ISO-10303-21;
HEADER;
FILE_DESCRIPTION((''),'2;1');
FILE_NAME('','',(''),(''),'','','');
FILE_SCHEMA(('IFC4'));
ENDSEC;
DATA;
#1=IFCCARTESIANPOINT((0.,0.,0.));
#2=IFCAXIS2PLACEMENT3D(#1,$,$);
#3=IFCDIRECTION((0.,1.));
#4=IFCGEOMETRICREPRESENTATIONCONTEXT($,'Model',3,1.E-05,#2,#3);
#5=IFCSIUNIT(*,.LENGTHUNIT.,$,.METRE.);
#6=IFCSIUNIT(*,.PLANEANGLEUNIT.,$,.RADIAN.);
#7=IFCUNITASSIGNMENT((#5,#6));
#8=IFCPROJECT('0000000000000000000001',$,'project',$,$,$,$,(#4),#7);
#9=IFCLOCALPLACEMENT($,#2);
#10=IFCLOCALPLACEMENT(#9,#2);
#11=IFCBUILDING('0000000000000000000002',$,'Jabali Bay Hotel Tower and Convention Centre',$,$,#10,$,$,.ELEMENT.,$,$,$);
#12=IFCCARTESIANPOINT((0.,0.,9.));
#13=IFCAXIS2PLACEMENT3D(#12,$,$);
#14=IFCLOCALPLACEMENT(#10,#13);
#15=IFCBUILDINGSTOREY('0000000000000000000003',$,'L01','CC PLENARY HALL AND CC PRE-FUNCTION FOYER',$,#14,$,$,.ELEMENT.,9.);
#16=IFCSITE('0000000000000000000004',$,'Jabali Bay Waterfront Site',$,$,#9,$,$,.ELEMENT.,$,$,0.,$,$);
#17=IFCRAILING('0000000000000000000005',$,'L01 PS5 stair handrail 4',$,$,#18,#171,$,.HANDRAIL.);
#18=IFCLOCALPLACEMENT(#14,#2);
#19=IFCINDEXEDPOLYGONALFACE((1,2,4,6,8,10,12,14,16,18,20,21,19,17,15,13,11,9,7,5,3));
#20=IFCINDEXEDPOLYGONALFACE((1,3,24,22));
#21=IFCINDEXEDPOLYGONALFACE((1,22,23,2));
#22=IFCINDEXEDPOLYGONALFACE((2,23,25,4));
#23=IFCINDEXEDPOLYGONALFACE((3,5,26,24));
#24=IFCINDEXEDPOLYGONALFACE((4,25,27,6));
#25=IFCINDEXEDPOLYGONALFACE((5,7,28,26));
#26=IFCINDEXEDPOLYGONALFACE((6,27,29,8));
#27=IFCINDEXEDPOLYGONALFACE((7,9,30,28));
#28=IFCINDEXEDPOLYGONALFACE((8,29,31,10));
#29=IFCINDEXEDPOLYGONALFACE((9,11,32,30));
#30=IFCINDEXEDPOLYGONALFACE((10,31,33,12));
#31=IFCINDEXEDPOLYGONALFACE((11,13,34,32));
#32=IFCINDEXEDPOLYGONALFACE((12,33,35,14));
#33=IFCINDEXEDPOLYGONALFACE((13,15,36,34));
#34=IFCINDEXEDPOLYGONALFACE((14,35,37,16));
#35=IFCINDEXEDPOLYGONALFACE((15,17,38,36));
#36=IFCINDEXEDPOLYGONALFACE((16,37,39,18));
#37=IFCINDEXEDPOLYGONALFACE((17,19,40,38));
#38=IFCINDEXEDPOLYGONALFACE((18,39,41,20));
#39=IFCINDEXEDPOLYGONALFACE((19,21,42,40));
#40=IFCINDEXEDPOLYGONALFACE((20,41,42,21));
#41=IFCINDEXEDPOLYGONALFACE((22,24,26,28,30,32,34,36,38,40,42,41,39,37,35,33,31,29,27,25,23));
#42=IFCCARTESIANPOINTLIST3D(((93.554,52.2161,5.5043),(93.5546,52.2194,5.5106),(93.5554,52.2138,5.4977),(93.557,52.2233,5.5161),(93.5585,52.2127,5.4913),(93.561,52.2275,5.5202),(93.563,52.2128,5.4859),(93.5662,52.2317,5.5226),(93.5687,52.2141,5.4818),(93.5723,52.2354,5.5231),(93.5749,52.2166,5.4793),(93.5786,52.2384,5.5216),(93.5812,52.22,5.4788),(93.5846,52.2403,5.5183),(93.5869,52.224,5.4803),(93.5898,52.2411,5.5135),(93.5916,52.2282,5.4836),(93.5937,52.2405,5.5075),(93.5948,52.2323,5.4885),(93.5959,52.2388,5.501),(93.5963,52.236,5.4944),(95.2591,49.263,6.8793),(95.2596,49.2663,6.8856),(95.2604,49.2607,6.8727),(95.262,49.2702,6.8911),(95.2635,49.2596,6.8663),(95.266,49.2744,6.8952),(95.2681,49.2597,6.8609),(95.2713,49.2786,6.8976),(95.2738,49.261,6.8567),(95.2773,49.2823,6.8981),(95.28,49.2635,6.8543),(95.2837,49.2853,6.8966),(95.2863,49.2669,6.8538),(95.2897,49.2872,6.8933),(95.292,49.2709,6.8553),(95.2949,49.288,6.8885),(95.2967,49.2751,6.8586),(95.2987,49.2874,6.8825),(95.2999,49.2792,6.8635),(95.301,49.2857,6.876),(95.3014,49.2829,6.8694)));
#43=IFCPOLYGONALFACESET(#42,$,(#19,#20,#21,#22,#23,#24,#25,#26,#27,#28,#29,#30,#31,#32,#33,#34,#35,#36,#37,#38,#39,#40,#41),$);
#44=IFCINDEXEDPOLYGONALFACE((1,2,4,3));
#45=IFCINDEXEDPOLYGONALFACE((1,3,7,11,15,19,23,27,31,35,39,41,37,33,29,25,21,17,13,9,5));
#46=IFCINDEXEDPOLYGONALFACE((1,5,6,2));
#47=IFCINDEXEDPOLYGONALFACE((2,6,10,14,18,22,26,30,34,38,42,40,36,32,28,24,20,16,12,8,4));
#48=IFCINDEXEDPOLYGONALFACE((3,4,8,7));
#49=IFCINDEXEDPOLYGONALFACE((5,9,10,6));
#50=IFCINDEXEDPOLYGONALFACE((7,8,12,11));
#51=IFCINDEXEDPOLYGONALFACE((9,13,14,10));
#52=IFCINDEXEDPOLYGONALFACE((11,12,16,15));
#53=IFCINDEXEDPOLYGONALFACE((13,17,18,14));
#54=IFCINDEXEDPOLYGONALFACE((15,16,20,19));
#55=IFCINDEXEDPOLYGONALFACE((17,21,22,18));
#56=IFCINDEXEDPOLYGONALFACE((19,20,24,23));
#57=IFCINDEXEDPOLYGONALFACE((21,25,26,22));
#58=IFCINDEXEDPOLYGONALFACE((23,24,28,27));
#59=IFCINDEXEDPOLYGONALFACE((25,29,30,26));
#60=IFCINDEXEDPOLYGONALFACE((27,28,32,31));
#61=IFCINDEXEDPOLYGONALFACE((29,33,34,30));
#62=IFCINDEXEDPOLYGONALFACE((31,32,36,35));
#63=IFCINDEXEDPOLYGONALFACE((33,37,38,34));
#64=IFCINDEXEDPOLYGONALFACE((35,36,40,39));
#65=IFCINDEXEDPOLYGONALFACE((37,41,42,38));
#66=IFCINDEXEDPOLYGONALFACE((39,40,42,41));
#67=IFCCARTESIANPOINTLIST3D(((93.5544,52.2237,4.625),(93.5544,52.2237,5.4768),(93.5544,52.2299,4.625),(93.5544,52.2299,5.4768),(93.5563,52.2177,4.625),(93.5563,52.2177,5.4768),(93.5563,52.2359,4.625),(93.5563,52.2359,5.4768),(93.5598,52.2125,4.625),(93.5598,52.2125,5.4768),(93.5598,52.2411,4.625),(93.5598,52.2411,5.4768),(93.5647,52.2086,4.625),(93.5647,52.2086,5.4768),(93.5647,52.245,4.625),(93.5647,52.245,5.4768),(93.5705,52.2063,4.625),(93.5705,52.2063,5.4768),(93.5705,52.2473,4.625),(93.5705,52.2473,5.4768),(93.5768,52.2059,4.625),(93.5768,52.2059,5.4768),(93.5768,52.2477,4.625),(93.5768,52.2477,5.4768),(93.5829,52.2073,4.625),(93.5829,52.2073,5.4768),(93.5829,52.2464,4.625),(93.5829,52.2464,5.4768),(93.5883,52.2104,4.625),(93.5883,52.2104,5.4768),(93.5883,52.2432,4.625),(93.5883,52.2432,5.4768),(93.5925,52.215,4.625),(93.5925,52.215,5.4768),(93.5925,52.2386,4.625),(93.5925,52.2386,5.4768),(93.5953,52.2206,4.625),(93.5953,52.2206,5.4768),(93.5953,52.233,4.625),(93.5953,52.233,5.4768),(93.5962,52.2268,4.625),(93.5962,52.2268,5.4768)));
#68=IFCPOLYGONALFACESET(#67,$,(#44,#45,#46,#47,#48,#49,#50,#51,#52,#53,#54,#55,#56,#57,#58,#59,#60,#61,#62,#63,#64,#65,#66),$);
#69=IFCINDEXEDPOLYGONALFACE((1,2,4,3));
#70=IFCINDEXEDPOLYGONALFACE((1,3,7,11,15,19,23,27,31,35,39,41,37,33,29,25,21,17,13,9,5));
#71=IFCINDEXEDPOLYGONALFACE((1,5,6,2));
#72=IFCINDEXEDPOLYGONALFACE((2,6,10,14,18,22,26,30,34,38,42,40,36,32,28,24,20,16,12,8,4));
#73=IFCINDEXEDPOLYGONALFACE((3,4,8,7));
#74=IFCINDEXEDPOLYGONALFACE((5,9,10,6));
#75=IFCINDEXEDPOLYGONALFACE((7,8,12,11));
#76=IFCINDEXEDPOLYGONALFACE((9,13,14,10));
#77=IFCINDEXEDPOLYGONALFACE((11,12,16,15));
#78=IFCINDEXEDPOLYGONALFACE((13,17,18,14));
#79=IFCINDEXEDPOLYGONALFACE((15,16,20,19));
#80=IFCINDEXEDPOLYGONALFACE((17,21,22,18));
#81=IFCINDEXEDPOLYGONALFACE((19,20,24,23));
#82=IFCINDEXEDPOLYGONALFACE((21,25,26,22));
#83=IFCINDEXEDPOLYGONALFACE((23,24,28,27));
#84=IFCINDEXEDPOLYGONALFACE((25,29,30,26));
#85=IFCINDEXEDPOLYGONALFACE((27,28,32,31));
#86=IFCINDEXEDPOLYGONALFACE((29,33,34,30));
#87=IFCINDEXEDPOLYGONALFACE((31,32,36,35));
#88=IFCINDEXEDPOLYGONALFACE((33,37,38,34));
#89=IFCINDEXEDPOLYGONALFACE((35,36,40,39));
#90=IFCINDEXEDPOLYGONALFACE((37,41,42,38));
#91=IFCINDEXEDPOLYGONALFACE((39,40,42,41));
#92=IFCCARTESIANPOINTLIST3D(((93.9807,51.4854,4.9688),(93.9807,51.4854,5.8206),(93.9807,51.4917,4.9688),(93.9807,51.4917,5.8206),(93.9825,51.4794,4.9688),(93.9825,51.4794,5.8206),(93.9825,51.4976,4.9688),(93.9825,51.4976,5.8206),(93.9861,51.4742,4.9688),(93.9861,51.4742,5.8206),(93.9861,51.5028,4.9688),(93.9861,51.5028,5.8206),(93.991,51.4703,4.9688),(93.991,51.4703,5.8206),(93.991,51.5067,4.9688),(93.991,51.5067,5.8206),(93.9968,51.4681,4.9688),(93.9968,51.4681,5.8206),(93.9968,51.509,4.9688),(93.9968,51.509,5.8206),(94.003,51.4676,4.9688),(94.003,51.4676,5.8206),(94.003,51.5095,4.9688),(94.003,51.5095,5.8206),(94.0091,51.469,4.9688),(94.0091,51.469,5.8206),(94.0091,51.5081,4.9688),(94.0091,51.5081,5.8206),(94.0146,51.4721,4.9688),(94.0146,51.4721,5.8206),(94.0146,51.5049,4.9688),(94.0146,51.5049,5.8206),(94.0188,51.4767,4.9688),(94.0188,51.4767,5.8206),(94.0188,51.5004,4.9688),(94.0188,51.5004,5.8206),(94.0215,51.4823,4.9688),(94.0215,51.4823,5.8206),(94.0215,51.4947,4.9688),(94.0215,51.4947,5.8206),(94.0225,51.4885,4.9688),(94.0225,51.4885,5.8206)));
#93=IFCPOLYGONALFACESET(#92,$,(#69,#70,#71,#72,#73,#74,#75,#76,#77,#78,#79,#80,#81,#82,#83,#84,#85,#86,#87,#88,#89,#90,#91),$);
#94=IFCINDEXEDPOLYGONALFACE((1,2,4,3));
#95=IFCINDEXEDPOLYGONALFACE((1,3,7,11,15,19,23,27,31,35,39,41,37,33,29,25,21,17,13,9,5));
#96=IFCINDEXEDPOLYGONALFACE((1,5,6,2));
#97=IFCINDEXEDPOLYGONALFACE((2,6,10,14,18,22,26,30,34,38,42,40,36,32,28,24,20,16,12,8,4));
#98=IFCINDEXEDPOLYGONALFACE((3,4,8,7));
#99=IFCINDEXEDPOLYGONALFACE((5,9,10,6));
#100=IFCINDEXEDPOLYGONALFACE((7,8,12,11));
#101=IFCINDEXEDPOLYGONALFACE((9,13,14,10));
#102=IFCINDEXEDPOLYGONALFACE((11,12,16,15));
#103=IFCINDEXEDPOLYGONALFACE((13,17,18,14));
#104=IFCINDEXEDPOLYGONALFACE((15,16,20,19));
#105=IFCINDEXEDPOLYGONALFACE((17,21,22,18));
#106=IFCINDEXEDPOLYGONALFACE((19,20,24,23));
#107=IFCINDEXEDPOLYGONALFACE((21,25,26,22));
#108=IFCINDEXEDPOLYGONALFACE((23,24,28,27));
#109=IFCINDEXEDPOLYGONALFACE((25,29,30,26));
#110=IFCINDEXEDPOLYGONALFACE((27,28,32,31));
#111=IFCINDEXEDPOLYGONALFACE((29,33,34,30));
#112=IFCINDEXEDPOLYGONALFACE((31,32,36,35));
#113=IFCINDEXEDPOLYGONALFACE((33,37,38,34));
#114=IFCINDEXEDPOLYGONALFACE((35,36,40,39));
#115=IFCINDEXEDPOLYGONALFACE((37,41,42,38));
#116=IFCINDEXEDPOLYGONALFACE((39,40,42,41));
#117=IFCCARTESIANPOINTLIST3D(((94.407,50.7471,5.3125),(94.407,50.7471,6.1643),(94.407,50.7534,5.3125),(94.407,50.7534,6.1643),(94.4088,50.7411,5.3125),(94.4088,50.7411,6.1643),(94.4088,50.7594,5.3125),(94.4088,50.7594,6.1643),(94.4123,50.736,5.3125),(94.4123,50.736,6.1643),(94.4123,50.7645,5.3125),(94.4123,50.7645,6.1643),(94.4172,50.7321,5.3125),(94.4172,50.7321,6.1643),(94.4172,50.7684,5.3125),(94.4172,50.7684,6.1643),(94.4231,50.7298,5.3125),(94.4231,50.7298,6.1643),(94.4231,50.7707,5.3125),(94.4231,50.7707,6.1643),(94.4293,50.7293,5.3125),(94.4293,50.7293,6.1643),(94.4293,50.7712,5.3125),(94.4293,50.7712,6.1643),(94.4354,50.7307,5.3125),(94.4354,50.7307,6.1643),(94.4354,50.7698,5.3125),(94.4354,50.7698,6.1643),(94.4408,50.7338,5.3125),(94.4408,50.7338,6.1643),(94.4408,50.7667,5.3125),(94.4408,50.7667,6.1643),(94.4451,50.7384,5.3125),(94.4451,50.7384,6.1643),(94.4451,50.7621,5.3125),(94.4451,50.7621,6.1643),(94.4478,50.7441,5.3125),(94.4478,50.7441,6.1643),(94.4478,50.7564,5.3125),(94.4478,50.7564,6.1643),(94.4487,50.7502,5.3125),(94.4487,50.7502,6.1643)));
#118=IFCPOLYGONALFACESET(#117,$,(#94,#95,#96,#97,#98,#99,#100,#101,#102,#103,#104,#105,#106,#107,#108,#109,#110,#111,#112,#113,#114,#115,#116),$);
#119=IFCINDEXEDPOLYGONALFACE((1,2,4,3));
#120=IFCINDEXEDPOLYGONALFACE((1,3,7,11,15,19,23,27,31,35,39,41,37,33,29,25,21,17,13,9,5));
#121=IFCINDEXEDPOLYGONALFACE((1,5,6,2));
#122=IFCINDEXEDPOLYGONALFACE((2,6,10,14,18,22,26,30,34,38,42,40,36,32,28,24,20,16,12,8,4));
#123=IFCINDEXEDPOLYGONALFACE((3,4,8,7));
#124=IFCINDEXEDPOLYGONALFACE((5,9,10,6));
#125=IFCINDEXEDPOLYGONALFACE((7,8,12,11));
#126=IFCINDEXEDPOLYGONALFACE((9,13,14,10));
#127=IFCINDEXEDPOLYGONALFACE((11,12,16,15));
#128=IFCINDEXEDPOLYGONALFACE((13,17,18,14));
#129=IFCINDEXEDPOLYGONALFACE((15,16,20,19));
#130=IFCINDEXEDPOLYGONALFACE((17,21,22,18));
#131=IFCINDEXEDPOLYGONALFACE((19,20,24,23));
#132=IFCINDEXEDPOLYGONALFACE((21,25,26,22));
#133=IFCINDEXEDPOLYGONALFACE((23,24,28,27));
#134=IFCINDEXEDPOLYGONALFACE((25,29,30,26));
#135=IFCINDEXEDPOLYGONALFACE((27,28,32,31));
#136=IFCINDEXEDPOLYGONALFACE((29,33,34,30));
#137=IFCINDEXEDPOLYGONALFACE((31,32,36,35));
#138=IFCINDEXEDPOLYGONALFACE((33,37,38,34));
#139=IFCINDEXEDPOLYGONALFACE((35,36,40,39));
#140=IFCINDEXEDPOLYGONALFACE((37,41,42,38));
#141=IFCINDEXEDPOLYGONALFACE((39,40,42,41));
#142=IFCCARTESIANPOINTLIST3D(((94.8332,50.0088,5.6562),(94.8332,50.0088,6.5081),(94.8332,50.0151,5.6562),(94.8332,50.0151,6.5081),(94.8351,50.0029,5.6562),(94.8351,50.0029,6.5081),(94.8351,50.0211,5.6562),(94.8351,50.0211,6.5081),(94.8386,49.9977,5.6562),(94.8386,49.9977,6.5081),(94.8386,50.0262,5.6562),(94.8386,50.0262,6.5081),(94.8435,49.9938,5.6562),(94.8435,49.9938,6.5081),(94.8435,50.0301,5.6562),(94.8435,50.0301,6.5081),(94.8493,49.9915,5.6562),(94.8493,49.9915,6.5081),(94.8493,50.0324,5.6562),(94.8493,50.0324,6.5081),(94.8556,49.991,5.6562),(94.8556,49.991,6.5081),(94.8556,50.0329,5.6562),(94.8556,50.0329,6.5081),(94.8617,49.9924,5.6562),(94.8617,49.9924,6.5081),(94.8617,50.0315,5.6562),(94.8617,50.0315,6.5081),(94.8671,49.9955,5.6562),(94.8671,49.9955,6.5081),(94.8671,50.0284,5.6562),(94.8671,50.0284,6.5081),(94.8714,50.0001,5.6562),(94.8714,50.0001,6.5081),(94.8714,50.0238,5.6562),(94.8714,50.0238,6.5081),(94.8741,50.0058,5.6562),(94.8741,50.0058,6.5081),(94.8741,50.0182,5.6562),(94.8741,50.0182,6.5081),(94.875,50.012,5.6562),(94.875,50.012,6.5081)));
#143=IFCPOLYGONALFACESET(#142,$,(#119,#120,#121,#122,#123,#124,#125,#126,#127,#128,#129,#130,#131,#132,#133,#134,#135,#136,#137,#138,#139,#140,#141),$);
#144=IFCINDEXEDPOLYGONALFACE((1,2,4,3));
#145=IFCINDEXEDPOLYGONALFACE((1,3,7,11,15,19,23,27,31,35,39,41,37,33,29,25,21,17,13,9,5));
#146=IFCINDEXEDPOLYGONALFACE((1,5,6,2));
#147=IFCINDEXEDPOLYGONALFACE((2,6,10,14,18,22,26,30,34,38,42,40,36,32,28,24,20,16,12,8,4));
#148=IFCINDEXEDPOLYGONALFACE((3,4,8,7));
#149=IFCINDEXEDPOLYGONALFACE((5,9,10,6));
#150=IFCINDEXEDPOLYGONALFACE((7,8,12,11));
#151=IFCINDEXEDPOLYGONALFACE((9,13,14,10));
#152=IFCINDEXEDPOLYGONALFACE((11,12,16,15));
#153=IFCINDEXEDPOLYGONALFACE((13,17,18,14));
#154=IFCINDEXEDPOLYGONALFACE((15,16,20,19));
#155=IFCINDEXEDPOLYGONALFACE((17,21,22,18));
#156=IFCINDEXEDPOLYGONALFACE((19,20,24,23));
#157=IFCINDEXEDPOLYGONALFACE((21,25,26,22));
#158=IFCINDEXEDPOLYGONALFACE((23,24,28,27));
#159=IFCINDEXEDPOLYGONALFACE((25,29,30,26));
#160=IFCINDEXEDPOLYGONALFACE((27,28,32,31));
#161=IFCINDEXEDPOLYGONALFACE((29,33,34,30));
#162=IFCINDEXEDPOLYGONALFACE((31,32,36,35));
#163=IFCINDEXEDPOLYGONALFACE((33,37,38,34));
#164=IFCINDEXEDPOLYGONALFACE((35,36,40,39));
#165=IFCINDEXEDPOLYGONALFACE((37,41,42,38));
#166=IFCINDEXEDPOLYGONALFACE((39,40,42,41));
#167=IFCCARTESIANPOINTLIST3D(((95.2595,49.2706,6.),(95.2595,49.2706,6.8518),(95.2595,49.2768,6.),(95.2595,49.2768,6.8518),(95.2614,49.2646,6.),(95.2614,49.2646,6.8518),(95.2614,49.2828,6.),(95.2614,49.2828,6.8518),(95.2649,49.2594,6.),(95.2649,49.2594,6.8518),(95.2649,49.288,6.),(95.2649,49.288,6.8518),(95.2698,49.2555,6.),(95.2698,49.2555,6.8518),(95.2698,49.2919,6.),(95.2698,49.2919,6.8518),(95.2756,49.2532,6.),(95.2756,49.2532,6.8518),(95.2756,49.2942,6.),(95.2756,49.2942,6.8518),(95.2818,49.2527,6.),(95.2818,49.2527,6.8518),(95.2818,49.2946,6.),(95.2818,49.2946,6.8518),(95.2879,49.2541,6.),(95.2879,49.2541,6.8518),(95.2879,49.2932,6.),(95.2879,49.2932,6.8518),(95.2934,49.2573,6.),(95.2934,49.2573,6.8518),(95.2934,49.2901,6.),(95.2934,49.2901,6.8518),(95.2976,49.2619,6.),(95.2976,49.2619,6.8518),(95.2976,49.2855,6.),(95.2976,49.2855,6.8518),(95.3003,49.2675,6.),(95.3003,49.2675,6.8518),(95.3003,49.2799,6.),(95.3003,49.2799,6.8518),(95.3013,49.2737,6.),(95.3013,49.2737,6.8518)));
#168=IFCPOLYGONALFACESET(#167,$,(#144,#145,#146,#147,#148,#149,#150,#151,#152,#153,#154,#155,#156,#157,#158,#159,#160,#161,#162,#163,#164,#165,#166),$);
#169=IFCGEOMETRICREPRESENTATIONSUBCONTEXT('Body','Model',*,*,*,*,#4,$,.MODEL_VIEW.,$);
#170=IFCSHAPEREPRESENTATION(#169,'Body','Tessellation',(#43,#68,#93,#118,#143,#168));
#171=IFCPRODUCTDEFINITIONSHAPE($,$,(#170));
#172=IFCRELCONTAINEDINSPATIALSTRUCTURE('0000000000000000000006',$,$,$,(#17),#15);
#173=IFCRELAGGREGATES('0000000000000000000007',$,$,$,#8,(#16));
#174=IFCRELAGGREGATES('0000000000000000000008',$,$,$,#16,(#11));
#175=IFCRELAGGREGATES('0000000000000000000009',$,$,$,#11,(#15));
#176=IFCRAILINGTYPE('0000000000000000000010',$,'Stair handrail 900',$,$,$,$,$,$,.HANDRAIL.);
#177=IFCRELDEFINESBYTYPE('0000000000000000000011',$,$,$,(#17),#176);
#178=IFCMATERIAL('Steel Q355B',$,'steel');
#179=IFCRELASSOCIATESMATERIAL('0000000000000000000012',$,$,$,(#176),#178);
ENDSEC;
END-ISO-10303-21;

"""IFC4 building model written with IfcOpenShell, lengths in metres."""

from ifc_helpers import new_model, si_unit, direction, frame, origin, origin_2d, place, context, subcontext, project, spatial, circle, extrude, material, type_object, element, save


model = new_model("IFC4")

# Units and contexts
model_context = context("Model", 3, precision=1e-05, world=origin(), true_north=direction((0.0, 1.0)))
body_context = subcontext(model_context, "Body", "Model", "MODEL_VIEW")
ifc_project = project(units=[si_unit("LENGTHUNIT", "METRE"), si_unit("PLANEANGLEUNIT", "RADIAN")], contexts=[model_context])

# Site, building, storey
site_placement = place(None, origin())
site = spatial("IfcSite", under=ifc_project, at=site_placement, Name="Jabali Bay Waterfront Site", CompositionType="ELEMENT", RefElevation=0.0)
building_placement = place(site_placement, origin())
building = spatial("IfcBuilding", under=site, at=building_placement, Name="Jabali Bay Hotel Tower and Convention Centre", CompositionType="ELEMENT")
storey_placement = place(building_placement, frame((0.0, 0.0, 9.0)))
storey = spatial("IfcBuildingStorey", under=building, at=storey_placement, Name="L01", Description="CC PLENARY HALL AND CC PRE-FUNCTION FOYER", CompositionType="ELEMENT", Elevation=9.0)

# Railing
ifc_material_1 = material(Name="Steel Q355B", Category="steel")
railing_type_1 = type_object("IfcRailingType", Name="Stair handrail 900", PredefinedType="HANDRAIL", material=ifc_material_1)
railing_1_placement = place(storey_placement, frame((93.5752, 52.2268, 4.625)))
element("IfcRailing", 1, at=railing_1_placement, inside=storey, type_object=railing_type_1, Name="L01 PS5 stair handrail 4", PredefinedType="HANDRAIL", context=body_context, shape_type="SweptSolid", body=[
    extrude(circle(Radius=0.0239, at=origin_2d()), frame((0.0, 0.0, 0.876), z_axis=(0.46374, -0.803178, 0.373966), x_axis=(0.866014, 0.50002, 0.0)), (0.0, 0.0, 1.0), 3.6768),
    extrude(circle(Radius=0.021, at=origin_2d()), origin(), (0.0, 0.0, 1.0), 0.8518),
    extrude(circle(Radius=0.021, at=origin_2d()), frame((0.4263, -0.7383, 0.3438)), (0.0, 0.0, 1.0), 0.8518),
    extrude(circle(Radius=0.021, at=origin_2d()), frame((0.8525, -1.4766, 0.6875)), (0.0, 0.0, 1.0), 0.8518),
    extrude(circle(Radius=0.021, at=origin_2d()), frame((1.2788, -2.2148, 1.0312)), (0.0, 0.0, 1.0), 0.8518),
    extrude(circle(Radius=0.021, at=origin_2d()), frame((1.7051, -2.9531, 1.375)), (0.0, 0.0, 1.0), 0.8518),
])

save(model, "model.ifc")
